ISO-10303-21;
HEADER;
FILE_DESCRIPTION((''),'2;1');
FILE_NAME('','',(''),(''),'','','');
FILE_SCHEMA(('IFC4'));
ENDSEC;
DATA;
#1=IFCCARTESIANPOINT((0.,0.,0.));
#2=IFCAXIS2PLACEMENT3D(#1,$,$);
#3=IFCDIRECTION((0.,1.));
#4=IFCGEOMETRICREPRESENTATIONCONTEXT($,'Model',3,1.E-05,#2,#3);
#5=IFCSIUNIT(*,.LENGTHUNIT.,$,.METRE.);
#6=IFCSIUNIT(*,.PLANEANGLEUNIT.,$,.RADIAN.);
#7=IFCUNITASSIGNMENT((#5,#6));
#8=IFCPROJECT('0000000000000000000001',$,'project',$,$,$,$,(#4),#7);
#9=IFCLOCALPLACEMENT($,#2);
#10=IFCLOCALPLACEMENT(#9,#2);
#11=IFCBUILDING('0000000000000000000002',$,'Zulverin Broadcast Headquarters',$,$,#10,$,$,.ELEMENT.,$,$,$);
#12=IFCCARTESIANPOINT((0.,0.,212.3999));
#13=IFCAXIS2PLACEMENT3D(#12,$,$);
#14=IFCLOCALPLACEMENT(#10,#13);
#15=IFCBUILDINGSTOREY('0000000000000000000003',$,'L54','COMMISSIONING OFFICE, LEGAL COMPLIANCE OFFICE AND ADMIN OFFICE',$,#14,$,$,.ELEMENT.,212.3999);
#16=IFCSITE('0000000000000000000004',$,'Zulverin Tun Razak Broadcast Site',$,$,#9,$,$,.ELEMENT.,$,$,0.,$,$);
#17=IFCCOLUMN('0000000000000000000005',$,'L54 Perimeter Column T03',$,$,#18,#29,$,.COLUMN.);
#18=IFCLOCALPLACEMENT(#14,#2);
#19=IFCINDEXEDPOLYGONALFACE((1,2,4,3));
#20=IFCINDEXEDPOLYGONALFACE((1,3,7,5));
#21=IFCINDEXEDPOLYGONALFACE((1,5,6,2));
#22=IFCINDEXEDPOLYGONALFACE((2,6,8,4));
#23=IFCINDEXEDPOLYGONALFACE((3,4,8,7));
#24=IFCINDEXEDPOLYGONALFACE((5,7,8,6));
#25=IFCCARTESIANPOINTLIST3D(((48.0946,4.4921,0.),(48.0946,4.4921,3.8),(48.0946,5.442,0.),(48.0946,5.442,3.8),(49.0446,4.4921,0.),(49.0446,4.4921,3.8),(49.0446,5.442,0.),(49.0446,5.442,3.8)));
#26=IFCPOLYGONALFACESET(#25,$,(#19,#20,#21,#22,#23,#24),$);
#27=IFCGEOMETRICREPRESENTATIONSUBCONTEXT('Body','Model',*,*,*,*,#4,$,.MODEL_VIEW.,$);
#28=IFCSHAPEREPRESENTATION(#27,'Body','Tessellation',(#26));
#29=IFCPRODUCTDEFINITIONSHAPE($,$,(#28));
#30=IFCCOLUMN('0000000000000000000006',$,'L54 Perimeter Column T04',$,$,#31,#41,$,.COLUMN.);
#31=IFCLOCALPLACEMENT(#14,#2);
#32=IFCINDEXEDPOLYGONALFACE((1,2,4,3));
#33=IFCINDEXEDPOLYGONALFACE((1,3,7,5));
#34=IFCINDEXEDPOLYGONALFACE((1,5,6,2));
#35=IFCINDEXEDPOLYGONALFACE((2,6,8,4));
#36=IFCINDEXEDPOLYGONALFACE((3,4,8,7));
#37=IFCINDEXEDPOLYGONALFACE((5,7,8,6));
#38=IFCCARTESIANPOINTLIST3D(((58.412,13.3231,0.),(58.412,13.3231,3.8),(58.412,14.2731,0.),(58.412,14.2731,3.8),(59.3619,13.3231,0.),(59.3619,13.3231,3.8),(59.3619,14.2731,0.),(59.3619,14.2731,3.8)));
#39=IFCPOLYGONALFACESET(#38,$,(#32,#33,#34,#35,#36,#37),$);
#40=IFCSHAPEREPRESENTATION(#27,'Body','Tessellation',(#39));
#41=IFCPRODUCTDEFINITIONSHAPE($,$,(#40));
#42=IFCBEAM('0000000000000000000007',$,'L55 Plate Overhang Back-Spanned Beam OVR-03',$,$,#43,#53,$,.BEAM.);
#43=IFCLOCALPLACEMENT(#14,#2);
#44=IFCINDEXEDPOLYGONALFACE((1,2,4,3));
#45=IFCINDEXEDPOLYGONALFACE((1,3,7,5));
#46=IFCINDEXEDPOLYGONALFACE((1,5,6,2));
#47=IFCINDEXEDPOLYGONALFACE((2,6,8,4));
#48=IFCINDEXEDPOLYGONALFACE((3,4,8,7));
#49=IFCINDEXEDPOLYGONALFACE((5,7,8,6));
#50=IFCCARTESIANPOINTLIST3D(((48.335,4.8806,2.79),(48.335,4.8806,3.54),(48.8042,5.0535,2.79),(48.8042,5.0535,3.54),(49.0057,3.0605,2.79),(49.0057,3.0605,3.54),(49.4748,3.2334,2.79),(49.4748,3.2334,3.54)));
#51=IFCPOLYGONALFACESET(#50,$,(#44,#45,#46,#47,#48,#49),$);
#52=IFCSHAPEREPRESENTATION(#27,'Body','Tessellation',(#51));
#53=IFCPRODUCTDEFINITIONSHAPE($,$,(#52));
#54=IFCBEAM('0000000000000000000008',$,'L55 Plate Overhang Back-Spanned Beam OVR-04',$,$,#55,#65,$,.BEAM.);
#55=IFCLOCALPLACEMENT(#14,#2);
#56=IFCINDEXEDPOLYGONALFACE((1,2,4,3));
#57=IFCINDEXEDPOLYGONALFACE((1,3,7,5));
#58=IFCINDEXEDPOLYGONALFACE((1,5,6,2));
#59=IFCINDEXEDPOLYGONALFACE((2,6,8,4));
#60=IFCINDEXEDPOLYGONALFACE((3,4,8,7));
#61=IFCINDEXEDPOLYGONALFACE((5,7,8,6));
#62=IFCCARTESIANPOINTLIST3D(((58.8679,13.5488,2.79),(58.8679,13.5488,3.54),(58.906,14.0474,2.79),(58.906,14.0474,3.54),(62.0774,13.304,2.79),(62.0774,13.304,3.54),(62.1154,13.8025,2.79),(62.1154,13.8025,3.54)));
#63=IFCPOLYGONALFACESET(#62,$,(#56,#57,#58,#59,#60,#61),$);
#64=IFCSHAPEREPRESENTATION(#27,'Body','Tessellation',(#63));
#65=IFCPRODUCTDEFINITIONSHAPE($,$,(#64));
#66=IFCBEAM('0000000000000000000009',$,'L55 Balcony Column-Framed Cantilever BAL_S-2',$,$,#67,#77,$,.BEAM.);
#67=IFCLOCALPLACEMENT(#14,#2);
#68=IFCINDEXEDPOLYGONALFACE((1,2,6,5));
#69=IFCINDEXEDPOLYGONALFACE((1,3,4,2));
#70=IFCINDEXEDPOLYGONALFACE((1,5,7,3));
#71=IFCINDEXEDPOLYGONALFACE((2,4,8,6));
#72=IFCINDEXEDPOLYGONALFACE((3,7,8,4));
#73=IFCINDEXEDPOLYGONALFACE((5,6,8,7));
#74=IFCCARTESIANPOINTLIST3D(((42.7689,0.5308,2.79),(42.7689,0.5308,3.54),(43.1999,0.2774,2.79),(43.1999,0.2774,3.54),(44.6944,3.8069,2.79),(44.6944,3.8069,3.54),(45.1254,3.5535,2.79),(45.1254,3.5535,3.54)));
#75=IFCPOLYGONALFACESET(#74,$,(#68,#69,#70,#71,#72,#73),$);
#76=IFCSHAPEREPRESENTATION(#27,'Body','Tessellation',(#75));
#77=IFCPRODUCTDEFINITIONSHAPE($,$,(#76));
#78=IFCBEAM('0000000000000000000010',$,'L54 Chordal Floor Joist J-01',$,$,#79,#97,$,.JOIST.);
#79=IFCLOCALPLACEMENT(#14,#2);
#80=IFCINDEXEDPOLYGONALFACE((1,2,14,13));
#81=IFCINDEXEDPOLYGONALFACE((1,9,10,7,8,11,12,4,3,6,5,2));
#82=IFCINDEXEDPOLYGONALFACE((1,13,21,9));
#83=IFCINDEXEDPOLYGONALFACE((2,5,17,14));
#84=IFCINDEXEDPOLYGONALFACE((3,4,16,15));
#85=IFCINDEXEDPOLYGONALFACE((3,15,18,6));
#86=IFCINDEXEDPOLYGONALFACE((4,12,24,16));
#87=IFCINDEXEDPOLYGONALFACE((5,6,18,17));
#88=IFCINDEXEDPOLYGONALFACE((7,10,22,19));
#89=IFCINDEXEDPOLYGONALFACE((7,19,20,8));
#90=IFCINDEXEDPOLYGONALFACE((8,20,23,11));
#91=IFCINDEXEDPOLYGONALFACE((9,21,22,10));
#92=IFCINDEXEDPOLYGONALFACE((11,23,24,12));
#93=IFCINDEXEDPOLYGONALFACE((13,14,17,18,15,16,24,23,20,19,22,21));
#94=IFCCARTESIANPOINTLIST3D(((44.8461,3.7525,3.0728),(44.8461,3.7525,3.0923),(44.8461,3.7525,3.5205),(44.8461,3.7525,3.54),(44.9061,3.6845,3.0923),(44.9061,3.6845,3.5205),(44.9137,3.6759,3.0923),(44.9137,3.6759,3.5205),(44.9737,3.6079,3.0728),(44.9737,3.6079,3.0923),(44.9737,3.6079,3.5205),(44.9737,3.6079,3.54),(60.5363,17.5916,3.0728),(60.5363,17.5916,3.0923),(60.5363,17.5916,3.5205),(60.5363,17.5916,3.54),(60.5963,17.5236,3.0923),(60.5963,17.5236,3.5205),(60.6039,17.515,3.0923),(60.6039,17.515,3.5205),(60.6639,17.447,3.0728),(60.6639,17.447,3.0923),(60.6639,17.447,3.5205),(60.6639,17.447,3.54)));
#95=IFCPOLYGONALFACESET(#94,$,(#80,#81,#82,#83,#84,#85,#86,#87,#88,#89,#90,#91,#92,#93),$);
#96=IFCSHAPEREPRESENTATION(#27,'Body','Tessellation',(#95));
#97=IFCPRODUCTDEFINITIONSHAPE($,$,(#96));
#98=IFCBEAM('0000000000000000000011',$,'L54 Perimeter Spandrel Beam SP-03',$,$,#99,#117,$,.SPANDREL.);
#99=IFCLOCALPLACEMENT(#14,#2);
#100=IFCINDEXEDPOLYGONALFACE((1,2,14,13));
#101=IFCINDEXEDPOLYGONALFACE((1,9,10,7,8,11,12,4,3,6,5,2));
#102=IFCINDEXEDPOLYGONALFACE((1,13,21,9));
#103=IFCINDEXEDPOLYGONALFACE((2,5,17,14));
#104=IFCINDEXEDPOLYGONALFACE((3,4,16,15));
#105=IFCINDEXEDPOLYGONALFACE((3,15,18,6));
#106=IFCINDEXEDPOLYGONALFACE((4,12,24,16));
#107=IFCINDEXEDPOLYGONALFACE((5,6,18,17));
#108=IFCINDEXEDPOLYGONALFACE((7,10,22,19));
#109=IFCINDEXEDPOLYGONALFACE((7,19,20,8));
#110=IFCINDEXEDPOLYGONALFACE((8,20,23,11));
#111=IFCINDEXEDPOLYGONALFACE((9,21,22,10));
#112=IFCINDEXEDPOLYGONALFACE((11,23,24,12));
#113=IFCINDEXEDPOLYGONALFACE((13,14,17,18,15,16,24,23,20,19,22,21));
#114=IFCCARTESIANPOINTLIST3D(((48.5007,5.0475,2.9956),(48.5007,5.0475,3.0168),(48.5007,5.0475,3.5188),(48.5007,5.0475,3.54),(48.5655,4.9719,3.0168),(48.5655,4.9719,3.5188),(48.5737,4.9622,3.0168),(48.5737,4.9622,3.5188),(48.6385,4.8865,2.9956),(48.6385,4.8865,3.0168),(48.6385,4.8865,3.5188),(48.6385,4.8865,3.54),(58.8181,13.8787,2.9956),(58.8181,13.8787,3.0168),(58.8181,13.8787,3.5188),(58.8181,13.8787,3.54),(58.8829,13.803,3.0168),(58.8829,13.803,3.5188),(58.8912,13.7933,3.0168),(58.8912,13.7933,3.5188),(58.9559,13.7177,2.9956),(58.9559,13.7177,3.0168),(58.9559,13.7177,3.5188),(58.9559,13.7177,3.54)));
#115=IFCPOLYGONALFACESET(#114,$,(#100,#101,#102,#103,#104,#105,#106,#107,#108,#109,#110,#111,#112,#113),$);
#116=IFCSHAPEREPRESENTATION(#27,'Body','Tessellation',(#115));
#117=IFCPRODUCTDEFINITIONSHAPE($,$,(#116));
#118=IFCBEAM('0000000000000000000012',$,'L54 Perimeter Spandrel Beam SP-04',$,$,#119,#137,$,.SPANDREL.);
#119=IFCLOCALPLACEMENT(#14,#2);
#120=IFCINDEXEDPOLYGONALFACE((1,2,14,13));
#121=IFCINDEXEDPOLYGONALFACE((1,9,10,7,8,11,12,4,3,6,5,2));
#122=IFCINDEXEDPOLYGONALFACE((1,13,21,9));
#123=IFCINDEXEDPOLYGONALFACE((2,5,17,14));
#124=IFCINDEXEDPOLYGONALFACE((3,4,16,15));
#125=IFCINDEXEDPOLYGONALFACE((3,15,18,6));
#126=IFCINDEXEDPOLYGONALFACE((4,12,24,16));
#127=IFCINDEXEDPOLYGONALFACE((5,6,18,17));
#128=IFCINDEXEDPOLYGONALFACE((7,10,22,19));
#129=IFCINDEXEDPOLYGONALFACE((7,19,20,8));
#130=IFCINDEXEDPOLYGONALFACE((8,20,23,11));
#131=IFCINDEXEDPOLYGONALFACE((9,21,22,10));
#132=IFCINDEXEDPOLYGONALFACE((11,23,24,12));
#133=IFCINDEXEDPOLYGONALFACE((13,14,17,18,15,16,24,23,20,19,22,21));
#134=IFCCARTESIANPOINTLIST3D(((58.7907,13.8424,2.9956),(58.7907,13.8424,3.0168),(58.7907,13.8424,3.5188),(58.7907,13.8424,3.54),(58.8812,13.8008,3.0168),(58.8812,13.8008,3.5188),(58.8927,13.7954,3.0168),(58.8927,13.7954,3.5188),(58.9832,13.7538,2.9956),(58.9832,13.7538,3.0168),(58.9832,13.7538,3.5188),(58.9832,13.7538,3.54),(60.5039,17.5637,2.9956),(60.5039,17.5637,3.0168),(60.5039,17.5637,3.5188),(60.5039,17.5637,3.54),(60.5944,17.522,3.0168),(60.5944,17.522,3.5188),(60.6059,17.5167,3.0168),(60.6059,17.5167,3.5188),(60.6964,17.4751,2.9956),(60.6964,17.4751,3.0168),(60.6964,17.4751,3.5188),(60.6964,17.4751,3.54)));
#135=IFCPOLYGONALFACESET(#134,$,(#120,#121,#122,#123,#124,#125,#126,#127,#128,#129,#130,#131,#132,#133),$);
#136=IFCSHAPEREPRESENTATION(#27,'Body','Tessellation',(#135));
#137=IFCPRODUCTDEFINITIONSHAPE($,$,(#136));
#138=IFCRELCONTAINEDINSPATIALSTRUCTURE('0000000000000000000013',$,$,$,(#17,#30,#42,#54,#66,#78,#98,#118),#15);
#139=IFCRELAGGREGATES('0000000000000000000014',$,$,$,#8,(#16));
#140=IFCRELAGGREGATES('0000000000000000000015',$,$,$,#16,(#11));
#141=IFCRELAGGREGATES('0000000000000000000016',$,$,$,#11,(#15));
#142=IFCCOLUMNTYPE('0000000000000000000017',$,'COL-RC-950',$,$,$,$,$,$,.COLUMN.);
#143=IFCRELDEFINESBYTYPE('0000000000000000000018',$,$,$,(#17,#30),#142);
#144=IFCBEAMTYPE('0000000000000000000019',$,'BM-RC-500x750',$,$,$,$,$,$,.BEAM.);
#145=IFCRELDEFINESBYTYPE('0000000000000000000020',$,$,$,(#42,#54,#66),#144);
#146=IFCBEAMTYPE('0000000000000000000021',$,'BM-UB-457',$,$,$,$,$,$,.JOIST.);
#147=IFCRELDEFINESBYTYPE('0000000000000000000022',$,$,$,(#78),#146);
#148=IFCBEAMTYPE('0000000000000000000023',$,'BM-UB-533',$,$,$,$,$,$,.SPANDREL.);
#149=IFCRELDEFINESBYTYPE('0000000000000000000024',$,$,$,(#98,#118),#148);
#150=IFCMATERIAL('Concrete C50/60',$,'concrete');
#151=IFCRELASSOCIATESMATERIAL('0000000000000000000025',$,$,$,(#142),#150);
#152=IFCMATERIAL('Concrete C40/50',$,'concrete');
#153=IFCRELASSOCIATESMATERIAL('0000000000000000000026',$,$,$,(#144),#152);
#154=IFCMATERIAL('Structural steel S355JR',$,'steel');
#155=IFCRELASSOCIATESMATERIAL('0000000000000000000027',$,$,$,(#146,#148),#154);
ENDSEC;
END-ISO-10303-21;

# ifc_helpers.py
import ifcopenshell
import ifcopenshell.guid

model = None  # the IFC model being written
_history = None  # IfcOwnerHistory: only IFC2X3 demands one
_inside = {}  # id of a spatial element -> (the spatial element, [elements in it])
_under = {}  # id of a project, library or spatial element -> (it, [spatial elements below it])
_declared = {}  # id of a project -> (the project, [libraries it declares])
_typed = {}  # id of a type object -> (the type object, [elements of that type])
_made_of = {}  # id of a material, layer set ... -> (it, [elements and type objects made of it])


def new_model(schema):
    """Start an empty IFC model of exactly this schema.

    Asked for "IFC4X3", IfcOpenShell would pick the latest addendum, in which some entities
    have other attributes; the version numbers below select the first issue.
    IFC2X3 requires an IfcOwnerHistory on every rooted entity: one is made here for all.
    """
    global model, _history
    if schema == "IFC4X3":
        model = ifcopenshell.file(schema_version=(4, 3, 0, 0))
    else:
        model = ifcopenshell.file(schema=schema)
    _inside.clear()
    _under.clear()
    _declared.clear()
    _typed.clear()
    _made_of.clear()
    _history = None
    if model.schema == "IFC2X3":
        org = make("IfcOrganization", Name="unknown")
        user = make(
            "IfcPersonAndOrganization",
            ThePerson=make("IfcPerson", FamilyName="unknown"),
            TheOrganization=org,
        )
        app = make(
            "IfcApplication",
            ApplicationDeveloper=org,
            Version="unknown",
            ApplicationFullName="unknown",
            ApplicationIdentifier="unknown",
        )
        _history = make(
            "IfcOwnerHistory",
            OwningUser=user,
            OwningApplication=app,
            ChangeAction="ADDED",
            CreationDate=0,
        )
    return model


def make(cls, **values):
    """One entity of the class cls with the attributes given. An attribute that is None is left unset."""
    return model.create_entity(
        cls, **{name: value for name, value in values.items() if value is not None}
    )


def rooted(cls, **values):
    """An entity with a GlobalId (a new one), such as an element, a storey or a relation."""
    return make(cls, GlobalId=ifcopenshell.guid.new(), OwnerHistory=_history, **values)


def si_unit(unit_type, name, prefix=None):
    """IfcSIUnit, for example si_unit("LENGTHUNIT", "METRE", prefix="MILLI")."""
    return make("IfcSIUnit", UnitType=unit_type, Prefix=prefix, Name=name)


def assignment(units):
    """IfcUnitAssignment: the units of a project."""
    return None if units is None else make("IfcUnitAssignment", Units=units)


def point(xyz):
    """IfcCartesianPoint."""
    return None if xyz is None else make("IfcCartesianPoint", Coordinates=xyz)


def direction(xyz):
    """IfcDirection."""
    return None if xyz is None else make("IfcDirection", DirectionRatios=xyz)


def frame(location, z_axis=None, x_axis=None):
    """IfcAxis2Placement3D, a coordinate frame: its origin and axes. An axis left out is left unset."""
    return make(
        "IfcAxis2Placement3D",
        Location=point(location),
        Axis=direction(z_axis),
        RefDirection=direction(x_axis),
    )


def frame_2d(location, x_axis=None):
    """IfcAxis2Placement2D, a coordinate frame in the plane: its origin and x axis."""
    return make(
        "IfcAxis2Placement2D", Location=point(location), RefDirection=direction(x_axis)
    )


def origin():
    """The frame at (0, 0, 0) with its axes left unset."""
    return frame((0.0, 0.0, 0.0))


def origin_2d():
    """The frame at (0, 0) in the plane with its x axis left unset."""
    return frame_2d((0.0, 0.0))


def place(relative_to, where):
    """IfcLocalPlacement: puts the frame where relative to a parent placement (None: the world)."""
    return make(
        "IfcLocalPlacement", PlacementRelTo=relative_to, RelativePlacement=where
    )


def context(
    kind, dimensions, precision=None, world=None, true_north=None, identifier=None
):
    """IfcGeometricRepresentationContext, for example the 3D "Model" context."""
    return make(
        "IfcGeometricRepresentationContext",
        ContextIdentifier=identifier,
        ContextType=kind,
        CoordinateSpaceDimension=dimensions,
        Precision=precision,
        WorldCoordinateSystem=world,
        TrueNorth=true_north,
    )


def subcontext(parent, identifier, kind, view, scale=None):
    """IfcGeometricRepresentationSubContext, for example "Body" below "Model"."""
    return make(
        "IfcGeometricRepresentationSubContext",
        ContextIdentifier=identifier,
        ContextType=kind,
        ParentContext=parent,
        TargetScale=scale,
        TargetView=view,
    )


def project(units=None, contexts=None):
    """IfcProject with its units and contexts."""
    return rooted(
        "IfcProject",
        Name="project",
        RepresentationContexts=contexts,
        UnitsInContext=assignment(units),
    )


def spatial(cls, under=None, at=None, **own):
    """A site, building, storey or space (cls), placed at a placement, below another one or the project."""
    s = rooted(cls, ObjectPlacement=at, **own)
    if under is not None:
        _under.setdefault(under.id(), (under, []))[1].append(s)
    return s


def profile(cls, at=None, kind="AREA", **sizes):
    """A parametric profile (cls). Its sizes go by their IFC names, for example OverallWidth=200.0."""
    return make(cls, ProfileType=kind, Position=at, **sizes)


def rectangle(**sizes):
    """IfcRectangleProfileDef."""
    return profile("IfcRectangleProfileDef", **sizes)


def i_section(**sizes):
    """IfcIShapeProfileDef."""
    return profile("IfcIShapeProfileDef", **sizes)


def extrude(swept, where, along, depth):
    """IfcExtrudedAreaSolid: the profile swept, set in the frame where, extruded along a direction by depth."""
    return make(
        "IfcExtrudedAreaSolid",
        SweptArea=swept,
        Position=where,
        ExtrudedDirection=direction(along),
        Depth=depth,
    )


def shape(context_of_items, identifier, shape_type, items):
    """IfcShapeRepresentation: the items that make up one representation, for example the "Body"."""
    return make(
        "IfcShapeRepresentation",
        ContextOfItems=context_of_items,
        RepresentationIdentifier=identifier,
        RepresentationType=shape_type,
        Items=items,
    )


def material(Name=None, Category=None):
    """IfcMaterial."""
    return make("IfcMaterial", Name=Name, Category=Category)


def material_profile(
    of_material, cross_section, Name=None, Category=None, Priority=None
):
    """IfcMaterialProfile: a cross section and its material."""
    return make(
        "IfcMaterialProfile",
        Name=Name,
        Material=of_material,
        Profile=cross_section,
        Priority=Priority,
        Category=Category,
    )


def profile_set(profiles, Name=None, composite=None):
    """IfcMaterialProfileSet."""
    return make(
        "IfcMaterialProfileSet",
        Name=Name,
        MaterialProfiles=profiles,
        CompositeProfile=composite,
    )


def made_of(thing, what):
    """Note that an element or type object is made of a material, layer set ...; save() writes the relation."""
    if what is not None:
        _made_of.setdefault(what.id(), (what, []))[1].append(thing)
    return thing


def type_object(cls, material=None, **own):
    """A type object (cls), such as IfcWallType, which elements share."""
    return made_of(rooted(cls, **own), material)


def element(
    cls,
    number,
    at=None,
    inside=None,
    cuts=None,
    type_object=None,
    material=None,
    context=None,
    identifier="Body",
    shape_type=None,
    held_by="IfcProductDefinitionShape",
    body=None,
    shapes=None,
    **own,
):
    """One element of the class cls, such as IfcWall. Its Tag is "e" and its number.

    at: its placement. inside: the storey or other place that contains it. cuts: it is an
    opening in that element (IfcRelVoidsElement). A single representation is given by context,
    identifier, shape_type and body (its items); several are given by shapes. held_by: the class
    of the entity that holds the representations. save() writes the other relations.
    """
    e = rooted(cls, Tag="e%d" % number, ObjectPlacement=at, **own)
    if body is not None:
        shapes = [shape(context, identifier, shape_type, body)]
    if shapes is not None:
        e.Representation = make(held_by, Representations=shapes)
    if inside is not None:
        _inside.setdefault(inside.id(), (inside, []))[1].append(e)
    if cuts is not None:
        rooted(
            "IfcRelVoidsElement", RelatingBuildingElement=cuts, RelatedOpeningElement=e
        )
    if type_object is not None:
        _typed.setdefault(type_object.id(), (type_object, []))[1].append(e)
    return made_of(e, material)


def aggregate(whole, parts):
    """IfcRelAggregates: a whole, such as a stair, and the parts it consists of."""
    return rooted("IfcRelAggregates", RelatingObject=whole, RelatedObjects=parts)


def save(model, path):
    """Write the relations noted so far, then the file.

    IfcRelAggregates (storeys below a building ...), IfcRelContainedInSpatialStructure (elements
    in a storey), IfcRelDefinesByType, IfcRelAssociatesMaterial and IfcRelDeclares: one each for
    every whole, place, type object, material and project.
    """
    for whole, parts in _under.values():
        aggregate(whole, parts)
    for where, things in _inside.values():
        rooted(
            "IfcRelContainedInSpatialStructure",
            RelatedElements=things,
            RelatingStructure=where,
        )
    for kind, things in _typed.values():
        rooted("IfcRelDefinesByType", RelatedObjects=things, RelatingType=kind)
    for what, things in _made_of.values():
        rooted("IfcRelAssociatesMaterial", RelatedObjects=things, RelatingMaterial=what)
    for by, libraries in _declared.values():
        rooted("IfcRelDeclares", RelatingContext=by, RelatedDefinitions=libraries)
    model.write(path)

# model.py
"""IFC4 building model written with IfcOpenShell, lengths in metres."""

from ifc_helpers import new_model, si_unit, direction, frame, origin, origin_2d, place, context, subcontext, project, spatial, rectangle, i_section, extrude, material, material_profile, profile_set, type_object, element, save


model = new_model("IFC4")

# Units and contexts
model_context = context("Model", 3, precision=1e-05, world=origin(), true_north=direction((0.0, 1.0)))
body_context = subcontext(model_context, "Body", "Model", "MODEL_VIEW")
ifc_project = project(units=[si_unit("LENGTHUNIT", "METRE"), si_unit("PLANEANGLEUNIT", "RADIAN")], contexts=[model_context])

# Site, building, storey
site_placement = place(None, origin())
site = spatial("IfcSite", under=ifc_project, at=site_placement, Name="Zulverin Tun Razak Broadcast Site", CompositionType="ELEMENT", RefElevation=0.0)
building_placement = place(site_placement, origin())
building = spatial("IfcBuilding", under=site, at=building_placement, Name="Zulverin Broadcast Headquarters", CompositionType="ELEMENT")
storey_placement = place(building_placement, frame((0.0, 0.0, 212.3999)))
storey = spatial("IfcBuildingStorey", under=building, at=storey_placement, Name="L54", Description="COMMISSIONING OFFICE, LEGAL COMPLIANCE OFFICE AND ADMIN OFFICE", CompositionType="ELEMENT", Elevation=212.3999)

# Columns
ifc_material_1 = material(Name="Concrete C50/60", Category="concrete")
ifc_material_profile_1 = material_profile(ifc_material_1, rectangle(XDim=0.95, YDim=0.95, at=origin_2d()), Name="Concrete C50/60", Category="concrete")
ifc_profile_set_1 = profile_set([ifc_material_profile_1], Name="Concrete C50/60")
column_type = type_object("IfcColumnType", Name="COL-RC-950", PredefinedType="COLUMN", material=ifc_profile_set_1)
for number, where, z_axis, x_axis, name in (
    (1, (48.5696, 4.967, 0.0), (0.0, 0.0, 1.0), (1.0, 0.0, 0.0), "L54 Perimeter Column T03"),
    (2, (58.887, 13.7981, 0.0), (0.0, 0.0, 1.0), (1.0, 0.0, 0.0), "L54 Perimeter Column T04"),
):
    element("IfcColumn", number, at=place(storey_placement, frame(where, z_axis=z_axis, x_axis=x_axis)), inside=storey, type_object=column_type, Name=name, PredefinedType="COLUMN", context=body_context, shape_type="SweptSolid", body=[
        extrude(rectangle(XDim=0.95, YDim=0.95, at=origin_2d()), origin(), (0.0, 0.0, 1.0), 3.8),
    ])

# Beams
ifc_material_2 = material(Name="Concrete C40/50", Category="concrete")
ifc_material_profile_2 = material_profile(ifc_material_2, rectangle(XDim=0.5, YDim=0.75, at=origin_2d()), Name="Concrete C40/50", Category="concrete")
ifc_profile_set_2 = profile_set([ifc_material_profile_2], Name="Concrete C40/50")
beam_type_1 = type_object("IfcBeamType", Name="BM-RC-500x750", PredefinedType="BEAM", material=ifc_profile_set_2)
beam_1_placement = place(storey_placement, frame((48.5696, 4.967, 3.165), z_axis=(0.345752, -0.938326, 0.0), x_axis=(0.938326, 0.345752, 0.0)))
element("IfcBeam", 3, at=beam_1_placement, inside=storey, type_object=beam_type_1, Name="L55 Plate Overhang Back-Spanned Beam OVR-03", PredefinedType="BEAM", context=body_context, shape_type="SweptSolid", body=[
    extrude(rectangle(XDim=0.5, YDim=0.75, at=origin_2d()), origin(), (0.0, 0.0, 1.0), 1.9397),
])
beam_2_placement = place(storey_placement, frame((58.887, 13.7981, 3.165), z_axis=(0.997102, -0.076076, 0.0), x_axis=(0.076076, 0.997102, 0.0)))
element("IfcBeam", 4, at=beam_2_placement, inside=storey, type_object=beam_type_1, Name="L55 Plate Overhang Back-Spanned Beam OVR-04", PredefinedType="BEAM", context=body_context, shape_type="SweptSolid", body=[
    extrude(rectangle(XDim=0.5, YDim=0.75, at=origin_2d()), origin(), (0.0, 0.0, 1.0), 3.2188),
])
beam_3_placement = place(storey_placement, frame((44.9099, 3.6802, 3.165), z_axis=(-0.506708, -0.862117, 0.0), x_axis=(0.862117, -0.506708, 0.0)))
element("IfcBeam", 5, at=beam_3_placement, inside=storey, type_object=beam_type_1, Name="L55 Balcony Column-Framed Cantilever BAL_S-2", PredefinedType="BEAM", context=body_context, shape_type="SweptSolid", body=[
    extrude(rectangle(XDim=0.5, YDim=0.75, at=origin_2d()), origin(), (0.0, 0.0, 1.0), 3.8),
])
ifc_material_3 = material(Name="Structural steel S355JR", Category="steel")
ifc_material_profile_3 = material_profile(ifc_material_3, i_section(OverallWidth=0.1929, OverallDepth=0.4673, WebThickness=0.0115, FlangeThickness=0.0195, at=origin_2d()), Name="Structural steel S355JR", Category="steel")
ifc_profile_set_3 = profile_set([ifc_material_profile_3], Name="Structural steel S355JR")
beam_type_2 = type_object("IfcBeamType", Name="BM-UB-457", PredefinedType="JOIST", material=ifc_profile_set_3)
beam_4_placement = place(storey_placement, frame((44.9099, 3.6802, 3.3064), z_axis=(0.74996, 0.661483, 0.0), x_axis=(-0.661483, 0.74996, 0.0)))
element("IfcBeam", 6, at=beam_4_placement, inside=storey, type_object=beam_type_2, Name="L54 Chordal Floor Joist J-01", PredefinedType="JOIST", context=body_context, shape_type="SweptSolid", body=[
    extrude(i_section(OverallWidth=0.1929, OverallDepth=0.4673, WebThickness=0.0115, FlangeThickness=0.0195, at=origin_2d()), origin(), (0.0, 0.0, 1.0), 20.9214),
])
ifc_material_profile_4 = material_profile(ifc_material_3, i_section(OverallWidth=0.2119, OverallDepth=0.5444, WebThickness=0.0127, FlangeThickness=0.0212, at=origin_2d()), Name="Structural steel S355JR", Category="steel")
ifc_profile_set_4 = profile_set([ifc_material_profile_4], Name="Structural steel S355JR")
beam_type_3 = type_object("IfcBeamType", Name="BM-UB-533", PredefinedType="SPANDREL", material=ifc_profile_set_4)
beam_5_placement = place(storey_placement, frame((48.5696, 4.967, 3.2678), z_axis=(0.759708, 0.650264, 0.0), x_axis=(-0.650264, 0.759708, 0.0)))
element("IfcBeam", 7, at=beam_5_placement, inside=storey, type_object=beam_type_3, Name="L54 Perimeter Spandrel Beam SP-03", PredefinedType="SPANDREL", context=body_context, shape_type="SweptSolid", body=[
    extrude(i_section(OverallWidth=0.2119, OverallDepth=0.5444, WebThickness=0.0127, FlangeThickness=0.0212, at=origin_2d()), origin(), (0.0, 0.0, 1.0), 13.5808),
])
beam_6_placement = place(storey_placement, frame((58.887, 13.7981, 3.2678), z_axis=(0.418185, 0.908362, 0.0), x_axis=(-0.908362, 0.418185, 0.0)))
element("IfcBeam", 8, at=beam_6_placement, inside=storey, type_object=beam_type_3, Name="L54 Perimeter Spandrel Beam SP-04", PredefinedType="SPANDREL", context=body_context, shape_type="SweptSolid", body=[
    extrude(i_section(OverallWidth=0.2119, OverallDepth=0.5444, WebThickness=0.0127, FlangeThickness=0.0212, at=origin_2d()), origin(), (0.0, 0.0, 1.0), 4.0967),
])

save(model, "model.ifc")
